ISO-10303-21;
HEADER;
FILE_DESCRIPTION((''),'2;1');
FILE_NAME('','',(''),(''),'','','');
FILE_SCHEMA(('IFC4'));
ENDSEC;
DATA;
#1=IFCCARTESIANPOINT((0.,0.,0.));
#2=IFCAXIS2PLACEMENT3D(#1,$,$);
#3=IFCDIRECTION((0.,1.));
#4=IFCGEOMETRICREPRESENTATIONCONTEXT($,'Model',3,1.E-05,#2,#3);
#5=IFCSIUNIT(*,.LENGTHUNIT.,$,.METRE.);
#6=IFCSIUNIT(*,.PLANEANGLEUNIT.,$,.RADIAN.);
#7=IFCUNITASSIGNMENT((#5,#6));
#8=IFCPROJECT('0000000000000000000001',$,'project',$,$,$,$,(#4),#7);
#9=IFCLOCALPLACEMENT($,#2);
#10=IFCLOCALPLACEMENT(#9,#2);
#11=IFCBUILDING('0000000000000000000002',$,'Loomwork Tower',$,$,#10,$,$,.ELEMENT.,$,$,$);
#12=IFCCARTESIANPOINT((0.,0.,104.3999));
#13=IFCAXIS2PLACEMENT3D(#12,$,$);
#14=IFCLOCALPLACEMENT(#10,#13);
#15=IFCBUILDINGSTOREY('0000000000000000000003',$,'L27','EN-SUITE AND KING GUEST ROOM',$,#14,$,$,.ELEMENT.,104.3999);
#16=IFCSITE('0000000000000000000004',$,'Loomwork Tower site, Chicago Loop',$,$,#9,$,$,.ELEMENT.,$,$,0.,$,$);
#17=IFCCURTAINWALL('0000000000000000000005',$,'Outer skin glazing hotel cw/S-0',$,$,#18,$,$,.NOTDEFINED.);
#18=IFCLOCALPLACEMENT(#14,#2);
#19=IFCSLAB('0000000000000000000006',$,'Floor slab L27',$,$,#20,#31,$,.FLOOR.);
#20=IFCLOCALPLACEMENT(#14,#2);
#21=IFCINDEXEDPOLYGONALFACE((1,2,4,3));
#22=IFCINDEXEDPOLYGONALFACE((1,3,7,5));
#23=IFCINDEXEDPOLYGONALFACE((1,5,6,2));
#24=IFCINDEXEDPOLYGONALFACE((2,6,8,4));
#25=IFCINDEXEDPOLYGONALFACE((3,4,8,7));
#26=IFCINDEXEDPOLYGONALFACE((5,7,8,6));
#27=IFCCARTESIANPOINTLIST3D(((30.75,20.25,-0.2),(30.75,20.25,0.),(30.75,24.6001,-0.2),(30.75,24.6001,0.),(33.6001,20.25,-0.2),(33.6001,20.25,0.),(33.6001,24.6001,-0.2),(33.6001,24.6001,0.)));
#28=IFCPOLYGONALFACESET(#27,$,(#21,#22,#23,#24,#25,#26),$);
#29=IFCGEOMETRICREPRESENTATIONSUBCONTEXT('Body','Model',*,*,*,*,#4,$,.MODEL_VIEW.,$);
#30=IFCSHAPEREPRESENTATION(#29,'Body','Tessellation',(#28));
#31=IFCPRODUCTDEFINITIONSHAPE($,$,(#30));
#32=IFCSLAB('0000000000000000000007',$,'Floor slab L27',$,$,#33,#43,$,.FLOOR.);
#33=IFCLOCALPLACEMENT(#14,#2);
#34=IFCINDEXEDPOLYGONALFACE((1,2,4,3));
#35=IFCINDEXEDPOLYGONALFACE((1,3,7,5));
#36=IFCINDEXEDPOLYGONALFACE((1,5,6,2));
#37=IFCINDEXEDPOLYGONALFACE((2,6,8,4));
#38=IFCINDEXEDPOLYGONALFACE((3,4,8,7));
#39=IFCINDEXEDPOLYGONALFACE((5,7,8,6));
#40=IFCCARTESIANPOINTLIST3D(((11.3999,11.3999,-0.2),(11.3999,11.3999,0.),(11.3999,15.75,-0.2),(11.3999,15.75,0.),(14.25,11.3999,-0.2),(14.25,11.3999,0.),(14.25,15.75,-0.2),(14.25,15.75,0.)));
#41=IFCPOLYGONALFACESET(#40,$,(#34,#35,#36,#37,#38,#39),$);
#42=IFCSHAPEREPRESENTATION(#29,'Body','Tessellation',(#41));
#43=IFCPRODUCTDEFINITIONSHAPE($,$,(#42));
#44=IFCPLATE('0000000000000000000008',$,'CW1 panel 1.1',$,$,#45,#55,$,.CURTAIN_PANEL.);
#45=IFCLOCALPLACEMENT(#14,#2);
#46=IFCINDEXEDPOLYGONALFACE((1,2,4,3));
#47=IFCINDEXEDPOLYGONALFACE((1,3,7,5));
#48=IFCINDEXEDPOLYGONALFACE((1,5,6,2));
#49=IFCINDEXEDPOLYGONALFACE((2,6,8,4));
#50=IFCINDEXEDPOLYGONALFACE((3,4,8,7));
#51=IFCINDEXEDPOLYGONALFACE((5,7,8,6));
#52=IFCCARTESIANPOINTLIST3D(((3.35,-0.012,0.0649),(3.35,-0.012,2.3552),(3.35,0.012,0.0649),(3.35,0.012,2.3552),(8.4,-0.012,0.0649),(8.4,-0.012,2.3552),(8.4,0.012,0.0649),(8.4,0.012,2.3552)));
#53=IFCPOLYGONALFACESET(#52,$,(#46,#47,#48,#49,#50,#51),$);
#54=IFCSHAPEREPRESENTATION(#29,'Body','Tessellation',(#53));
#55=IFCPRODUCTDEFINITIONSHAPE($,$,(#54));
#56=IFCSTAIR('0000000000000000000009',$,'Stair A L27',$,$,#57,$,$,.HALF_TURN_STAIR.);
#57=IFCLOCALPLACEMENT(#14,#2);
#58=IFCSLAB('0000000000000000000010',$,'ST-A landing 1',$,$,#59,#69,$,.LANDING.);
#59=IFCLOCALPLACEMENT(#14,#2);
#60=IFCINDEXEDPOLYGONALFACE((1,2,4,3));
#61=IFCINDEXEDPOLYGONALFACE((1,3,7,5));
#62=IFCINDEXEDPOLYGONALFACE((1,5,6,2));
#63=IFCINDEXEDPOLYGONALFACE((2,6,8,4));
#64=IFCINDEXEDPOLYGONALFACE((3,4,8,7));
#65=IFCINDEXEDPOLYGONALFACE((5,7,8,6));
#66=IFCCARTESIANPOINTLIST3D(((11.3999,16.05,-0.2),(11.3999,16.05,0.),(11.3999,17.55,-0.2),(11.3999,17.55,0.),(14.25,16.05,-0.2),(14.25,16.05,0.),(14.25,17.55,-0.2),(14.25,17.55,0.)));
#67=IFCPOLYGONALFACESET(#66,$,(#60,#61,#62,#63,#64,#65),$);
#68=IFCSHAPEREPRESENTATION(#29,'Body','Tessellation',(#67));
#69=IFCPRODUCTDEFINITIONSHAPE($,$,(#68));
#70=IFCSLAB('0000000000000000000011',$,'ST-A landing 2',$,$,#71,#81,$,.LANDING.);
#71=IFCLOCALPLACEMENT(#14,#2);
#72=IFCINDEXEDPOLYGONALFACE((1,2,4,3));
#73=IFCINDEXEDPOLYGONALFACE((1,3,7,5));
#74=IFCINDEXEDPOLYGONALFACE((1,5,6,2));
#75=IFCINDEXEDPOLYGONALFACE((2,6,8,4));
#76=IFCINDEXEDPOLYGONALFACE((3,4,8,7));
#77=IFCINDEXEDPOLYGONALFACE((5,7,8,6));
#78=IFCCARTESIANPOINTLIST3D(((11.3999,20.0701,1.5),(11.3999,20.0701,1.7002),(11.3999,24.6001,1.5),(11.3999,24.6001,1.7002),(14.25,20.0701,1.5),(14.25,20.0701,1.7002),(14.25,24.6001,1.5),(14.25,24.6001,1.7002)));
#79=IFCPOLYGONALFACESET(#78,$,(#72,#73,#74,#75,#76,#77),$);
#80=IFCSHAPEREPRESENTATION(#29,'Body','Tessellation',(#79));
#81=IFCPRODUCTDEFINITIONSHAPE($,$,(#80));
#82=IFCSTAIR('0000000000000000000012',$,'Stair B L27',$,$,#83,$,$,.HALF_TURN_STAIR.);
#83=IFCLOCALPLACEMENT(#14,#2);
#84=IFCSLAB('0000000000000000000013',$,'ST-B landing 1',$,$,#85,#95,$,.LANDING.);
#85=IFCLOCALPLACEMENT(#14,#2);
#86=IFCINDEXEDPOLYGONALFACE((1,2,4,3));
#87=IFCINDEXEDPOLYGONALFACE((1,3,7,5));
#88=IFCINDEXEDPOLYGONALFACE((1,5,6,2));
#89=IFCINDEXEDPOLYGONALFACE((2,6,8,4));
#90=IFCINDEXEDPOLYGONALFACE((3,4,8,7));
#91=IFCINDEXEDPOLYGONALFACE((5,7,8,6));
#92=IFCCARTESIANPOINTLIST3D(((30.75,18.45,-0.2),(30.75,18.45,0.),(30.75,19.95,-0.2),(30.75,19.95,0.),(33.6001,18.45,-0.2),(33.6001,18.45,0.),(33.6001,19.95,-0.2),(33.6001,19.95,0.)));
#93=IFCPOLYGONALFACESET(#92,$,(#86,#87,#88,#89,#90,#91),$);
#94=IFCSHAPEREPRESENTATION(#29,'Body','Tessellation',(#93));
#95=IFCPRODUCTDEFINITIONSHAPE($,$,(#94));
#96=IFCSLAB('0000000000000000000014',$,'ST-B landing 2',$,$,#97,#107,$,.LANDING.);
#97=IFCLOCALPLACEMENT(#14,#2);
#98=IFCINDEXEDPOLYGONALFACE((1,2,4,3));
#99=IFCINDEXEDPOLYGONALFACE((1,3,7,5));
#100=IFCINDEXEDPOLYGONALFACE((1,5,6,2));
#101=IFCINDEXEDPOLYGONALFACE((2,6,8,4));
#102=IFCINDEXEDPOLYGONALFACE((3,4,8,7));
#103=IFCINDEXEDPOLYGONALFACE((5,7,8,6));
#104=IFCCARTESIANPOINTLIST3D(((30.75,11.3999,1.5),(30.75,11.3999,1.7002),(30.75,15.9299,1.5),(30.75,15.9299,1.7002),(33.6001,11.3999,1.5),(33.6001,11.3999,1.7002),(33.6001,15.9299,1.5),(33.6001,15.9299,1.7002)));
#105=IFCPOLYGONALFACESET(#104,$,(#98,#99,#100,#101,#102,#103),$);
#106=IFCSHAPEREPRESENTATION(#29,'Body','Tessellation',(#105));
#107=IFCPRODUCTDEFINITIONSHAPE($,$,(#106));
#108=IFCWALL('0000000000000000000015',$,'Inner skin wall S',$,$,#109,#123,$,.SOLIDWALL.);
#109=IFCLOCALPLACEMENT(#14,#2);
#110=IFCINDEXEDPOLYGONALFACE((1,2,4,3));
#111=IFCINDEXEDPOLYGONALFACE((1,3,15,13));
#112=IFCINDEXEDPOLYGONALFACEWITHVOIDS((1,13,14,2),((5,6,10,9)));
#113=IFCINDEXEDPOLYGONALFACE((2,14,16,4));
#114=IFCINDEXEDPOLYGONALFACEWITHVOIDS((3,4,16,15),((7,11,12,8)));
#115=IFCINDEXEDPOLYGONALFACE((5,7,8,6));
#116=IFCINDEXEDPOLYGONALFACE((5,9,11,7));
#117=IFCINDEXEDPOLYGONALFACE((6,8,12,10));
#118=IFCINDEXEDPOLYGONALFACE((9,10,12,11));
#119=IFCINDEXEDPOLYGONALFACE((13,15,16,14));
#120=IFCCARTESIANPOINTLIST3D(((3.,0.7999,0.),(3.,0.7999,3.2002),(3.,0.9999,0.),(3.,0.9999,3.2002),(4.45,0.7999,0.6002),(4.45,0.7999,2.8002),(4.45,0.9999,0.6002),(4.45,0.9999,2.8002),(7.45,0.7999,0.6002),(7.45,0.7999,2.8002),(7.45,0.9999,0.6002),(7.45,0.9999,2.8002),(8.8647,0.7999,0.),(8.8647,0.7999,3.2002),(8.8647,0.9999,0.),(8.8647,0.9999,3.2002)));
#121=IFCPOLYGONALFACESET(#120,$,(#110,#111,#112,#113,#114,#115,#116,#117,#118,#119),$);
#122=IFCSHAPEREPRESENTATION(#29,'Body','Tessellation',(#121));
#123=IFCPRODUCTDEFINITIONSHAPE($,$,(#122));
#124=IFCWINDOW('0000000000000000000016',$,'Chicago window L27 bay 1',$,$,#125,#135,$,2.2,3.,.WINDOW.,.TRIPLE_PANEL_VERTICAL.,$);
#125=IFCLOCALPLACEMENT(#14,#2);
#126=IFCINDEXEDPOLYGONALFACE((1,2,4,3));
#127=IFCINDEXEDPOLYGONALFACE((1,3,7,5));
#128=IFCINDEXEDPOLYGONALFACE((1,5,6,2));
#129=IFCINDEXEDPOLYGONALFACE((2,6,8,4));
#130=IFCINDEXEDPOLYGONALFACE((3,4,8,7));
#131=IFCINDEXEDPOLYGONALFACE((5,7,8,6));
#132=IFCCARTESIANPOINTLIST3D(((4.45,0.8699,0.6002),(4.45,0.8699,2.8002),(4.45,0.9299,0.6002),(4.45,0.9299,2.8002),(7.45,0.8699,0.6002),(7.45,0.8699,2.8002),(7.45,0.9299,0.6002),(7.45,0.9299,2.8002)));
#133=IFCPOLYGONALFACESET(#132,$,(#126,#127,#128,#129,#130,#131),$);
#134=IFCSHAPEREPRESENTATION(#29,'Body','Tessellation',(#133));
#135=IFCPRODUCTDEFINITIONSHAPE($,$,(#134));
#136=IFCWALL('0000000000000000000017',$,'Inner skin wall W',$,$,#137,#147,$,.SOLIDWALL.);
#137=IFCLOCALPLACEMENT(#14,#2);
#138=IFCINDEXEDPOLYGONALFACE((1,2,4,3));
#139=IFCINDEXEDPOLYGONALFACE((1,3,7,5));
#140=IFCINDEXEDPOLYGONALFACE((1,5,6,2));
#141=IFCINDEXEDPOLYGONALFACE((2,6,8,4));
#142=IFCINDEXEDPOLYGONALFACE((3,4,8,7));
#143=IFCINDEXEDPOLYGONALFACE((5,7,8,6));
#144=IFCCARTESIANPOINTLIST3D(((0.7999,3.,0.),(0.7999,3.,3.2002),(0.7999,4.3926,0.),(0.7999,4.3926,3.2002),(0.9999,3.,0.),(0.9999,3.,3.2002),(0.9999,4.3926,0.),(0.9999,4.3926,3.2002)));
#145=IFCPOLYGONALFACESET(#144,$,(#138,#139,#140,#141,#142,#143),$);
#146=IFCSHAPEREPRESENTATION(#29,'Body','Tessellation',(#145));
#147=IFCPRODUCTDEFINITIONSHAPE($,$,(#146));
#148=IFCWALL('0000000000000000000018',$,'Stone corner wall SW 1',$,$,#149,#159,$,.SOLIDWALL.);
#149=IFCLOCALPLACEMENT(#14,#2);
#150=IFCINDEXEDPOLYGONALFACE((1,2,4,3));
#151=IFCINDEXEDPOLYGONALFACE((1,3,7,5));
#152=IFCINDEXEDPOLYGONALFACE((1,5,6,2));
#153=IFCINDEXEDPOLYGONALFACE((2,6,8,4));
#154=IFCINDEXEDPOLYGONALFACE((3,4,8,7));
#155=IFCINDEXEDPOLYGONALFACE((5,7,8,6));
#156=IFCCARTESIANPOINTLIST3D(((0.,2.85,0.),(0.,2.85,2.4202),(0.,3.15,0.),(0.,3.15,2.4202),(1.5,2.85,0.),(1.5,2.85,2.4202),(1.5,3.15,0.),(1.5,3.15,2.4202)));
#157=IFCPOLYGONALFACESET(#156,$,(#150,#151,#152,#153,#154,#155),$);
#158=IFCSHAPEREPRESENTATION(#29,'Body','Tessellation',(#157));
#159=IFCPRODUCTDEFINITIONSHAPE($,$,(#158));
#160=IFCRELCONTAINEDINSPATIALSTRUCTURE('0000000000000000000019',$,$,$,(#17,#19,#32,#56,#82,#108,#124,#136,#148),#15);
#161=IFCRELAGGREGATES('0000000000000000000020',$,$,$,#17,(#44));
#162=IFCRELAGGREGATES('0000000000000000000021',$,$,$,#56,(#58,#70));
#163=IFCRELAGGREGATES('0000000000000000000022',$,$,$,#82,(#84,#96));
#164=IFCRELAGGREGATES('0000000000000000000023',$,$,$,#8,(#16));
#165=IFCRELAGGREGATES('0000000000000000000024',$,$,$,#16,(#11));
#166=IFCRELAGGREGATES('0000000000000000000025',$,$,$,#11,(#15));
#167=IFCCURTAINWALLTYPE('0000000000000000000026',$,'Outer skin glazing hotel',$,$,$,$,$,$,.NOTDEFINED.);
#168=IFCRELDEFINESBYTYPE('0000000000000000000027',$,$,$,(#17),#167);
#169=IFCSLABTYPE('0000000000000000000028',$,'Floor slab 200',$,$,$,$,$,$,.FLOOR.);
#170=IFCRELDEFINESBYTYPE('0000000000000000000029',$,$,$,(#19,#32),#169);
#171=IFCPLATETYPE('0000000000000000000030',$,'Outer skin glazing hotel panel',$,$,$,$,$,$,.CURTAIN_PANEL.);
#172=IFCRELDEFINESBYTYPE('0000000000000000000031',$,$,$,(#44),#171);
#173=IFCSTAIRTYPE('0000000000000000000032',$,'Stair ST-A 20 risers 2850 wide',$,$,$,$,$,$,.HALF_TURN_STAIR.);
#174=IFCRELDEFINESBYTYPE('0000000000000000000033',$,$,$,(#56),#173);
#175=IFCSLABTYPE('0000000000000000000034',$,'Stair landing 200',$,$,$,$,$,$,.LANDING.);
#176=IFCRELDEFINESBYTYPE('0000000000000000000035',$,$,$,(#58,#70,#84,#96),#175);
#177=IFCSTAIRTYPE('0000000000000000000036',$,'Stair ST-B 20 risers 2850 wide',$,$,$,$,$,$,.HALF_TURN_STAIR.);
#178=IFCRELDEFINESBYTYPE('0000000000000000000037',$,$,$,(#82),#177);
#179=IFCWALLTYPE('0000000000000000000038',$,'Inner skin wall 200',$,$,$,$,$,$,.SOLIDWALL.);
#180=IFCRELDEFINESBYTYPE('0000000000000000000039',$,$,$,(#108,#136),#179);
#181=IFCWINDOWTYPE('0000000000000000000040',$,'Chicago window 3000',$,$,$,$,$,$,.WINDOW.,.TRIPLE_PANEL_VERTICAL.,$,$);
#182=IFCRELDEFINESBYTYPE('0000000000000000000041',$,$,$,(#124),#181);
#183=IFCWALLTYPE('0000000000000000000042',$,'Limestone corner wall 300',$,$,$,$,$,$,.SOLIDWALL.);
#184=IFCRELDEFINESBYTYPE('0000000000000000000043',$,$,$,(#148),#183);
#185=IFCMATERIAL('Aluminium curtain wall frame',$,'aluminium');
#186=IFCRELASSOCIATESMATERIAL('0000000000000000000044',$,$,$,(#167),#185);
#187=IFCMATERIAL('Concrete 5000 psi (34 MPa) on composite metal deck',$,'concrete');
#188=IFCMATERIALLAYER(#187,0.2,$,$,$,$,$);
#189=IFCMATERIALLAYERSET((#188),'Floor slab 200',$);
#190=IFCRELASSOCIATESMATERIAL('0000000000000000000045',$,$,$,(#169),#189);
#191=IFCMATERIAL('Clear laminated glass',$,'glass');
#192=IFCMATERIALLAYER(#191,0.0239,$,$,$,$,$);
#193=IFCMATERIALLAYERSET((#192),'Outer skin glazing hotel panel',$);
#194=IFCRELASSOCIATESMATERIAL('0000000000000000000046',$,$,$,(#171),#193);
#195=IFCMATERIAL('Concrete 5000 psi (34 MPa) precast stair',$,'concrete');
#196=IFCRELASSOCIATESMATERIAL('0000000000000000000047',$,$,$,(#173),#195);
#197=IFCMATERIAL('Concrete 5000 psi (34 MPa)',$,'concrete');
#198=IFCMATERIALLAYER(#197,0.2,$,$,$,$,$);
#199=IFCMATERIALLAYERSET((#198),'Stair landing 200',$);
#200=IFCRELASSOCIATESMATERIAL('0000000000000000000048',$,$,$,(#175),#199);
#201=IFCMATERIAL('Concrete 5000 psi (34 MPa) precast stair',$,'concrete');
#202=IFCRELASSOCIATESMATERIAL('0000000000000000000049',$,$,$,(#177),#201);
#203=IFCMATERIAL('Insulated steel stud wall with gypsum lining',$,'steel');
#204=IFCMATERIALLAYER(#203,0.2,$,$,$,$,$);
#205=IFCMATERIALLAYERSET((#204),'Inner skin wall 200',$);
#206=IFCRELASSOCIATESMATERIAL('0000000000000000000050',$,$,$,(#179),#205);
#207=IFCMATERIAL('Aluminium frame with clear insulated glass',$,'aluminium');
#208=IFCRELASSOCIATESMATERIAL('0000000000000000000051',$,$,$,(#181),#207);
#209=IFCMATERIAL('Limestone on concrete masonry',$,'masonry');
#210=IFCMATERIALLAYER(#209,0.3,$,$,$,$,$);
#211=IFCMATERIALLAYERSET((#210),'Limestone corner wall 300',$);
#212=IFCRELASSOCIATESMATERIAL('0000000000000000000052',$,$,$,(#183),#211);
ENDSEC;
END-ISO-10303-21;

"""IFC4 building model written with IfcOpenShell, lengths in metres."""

from ifc_helpers import new_model, si_unit, direction, frame, frame_2d, origin, origin_2d, place, context, subcontext, project, spatial, polyline, rectangle, outline, extrude, material, layer, layer_set, type_object, element, fill, aggregate, save


model = new_model("IFC4")

# Units and contexts
model_context = context("Model", 3, precision=1e-05, world=origin(), true_north=direction((0.0, 1.0)))
body_context = subcontext(model_context, "Body", "Model", "MODEL_VIEW")
ifc_project = project(units=[si_unit("LENGTHUNIT", "METRE"), si_unit("PLANEANGLEUNIT", "RADIAN")], contexts=[model_context])

# Site, building, storey
site_placement = place(None, origin())
site = spatial("IfcSite", under=ifc_project, at=site_placement, Name="Loomwork Tower site, Chicago Loop", CompositionType="ELEMENT", RefElevation=0.0)
building_placement = place(site_placement, origin())
building = spatial("IfcBuilding", under=site, at=building_placement, Name="Loomwork Tower", CompositionType="ELEMENT")
storey_placement = place(building_placement, frame((0.0, 0.0, 104.3999)))
storey = spatial("IfcBuildingStorey", under=building, at=storey_placement, Name="L27", Description="EN-SUITE AND KING GUEST ROOM", CompositionType="ELEMENT", Elevation=104.3999)

# Curtain wall
ifc_material_1 = material(Name="Aluminium curtain wall frame", Category="aluminium")
curtain_wall_type = type_object("IfcCurtainWallType", Name="Outer skin glazing hotel", PredefinedType="NOTDEFINED", material=ifc_material_1)
curtain_wall_1_placement = place(storey_placement, origin())
curtain_wall_1 = element("IfcCurtainWall", 1, at=curtain_wall_1_placement, inside=storey, type_object=curtain_wall_type, Name="Outer skin glazing hotel cw/S-0", PredefinedType="NOTDEFINED")

# Slabs
ifc_material_2 = material(Name="Concrete 5000 psi (34 MPa) on composite metal deck", Category="concrete")
ifc_layer_1 = layer(ifc_material_2, 0.2)
ifc_layer_set_1 = layer_set([ifc_layer_1], Name="Floor slab 200")
slab_type_1 = type_object("IfcSlabType", Name="Floor slab 200", PredefinedType="FLOOR", material=ifc_layer_set_1)
slab_1_placement = place(storey_placement, frame((0.0, 0.0, -0.2)))
element("IfcSlab", 2, at=slab_1_placement, inside=storey, type_object=slab_type_1, Name="Floor slab L27", PredefinedType="FLOOR", context=body_context, shape_type="SweptSolid", body=[
    extrude(outline(polyline([(33.6001, 20.25), (30.75, 20.25), (30.75, 24.6001), (33.6001, 24.6001), (33.6001, 20.25)])), origin(), (0.0, 0.0, 1.0), 0.2),
])
slab_2_placement = place(storey_placement, frame((0.0, 0.0, -0.2)))
element("IfcSlab", 3, at=slab_2_placement, inside=storey, type_object=slab_type_1, Name="Floor slab L27", PredefinedType="FLOOR", context=body_context, shape_type="SweptSolid", body=[
    extrude(outline(polyline([(14.25, 15.75), (14.25, 11.3999), (11.3999, 11.3999), (11.3999, 15.75), (14.25, 15.75)])), origin(), (0.0, 0.0, 1.0), 0.2),
])

# Plate
ifc_material_3 = material(Name="Clear laminated glass", Category="glass")
ifc_layer_2 = layer(ifc_material_3, 0.0239)
ifc_layer_set_2 = layer_set([ifc_layer_2], Name="Outer skin glazing hotel panel")
plate_type = type_object("IfcPlateType", Name="Outer skin glazing hotel panel", PredefinedType="CURTAIN_PANEL", material=ifc_layer_set_2)
plate_placement = place(storey_placement, frame((5.875, 0.0, 0.0649), z_axis=(0.0, 0.0, 1.0), x_axis=(1.0, 0.0, 0.0)))
plate = element("IfcPlate", 4, at=plate_placement, type_object=plate_type, Name="CW1 panel 1.1", PredefinedType="CURTAIN_PANEL", context=body_context, shape_type="SweptSolid", body=[
    extrude(rectangle(XDim=5.05, YDim=0.0239, at=origin_2d()), origin(), (0.0, 0.0, 1.0), 2.2903),
])
aggregate(curtain_wall_1, [plate])

# Stairs, slabs
ifc_material_4 = material(Name="Concrete 5000 psi (34 MPa) precast stair", Category="concrete")
stair_type_1 = type_object("IfcStairType", Name="Stair ST-A 20 risers 2850 wide", PredefinedType="HALF_TURN_STAIR", material=ifc_material_4)
stair_1_placement = place(storey_placement, origin())
stair_1 = element("IfcStair", 5, at=stair_1_placement, inside=storey, type_object=stair_type_1, Name="Stair A L27", PredefinedType="HALF_TURN_STAIR")
ifc_material_5 = material(Name="Concrete 5000 psi (34 MPa)", Category="concrete")
ifc_layer_3 = layer(ifc_material_5, 0.2)
ifc_layer_set_3 = layer_set([ifc_layer_3], Name="Stair landing 200")
slab_type_2 = type_object("IfcSlabType", Name="Stair landing 200", PredefinedType="LANDING", material=ifc_layer_set_3)
slab_3_placement = place(storey_placement, frame((0.0, 0.0, -0.2)))
slab_3 = element("IfcSlab", 6, at=slab_3_placement, type_object=slab_type_2, Name="ST-A landing 1", PredefinedType="LANDING", context=body_context, shape_type="SweptSolid", body=[
    extrude(outline(polyline([(11.3999, 16.05), (14.25, 16.05), (14.25, 17.55), (11.3999, 17.55), (11.3999, 16.05)])), origin(), (0.0, 0.0, 1.0), 0.2),
])
slab_4_placement = place(storey_placement, frame((0.0, 0.0, 1.5)))
slab_4 = element("IfcSlab", 7, at=slab_4_placement, type_object=slab_type_2, Name="ST-A landing 2", PredefinedType="LANDING", context=body_context, shape_type="SweptSolid", body=[
    extrude(outline(polyline([(11.3999, 20.0701), (14.25, 20.0701), (14.25, 24.6001), (11.3999, 24.6001), (11.3999, 20.0701)])), origin(), (0.0, 0.0, 1.0), 0.2002),
])
aggregate(stair_1, [slab_3, slab_4])
ifc_material_6 = material(Name="Concrete 5000 psi (34 MPa) precast stair", Category="concrete")
stair_type_2 = type_object("IfcStairType", Name="Stair ST-B 20 risers 2850 wide", PredefinedType="HALF_TURN_STAIR", material=ifc_material_6)
stair_2_placement = place(storey_placement, origin())
stair_2 = element("IfcStair", 8, at=stair_2_placement, inside=storey, type_object=stair_type_2, Name="Stair B L27", PredefinedType="HALF_TURN_STAIR")
slab_5_placement = place(storey_placement, frame((0.0, 0.0, -0.2)))
slab_5 = element("IfcSlab", 9, at=slab_5_placement, type_object=slab_type_2, Name="ST-B landing 1", PredefinedType="LANDING", context=body_context, shape_type="SweptSolid", body=[
    extrude(outline(polyline([(30.75, 18.45), (33.6001, 18.45), (33.6001, 19.95), (30.75, 19.95), (30.75, 18.45)])), origin(), (0.0, 0.0, 1.0), 0.2),
])
slab_6_placement = place(storey_placement, frame((0.0, 0.0, 1.5)))
slab_6 = element("IfcSlab", 10, at=slab_6_placement, type_object=slab_type_2, Name="ST-B landing 2", PredefinedType="LANDING", context=body_context, shape_type="SweptSolid", body=[
    extrude(outline(polyline([(30.75, 11.3999), (33.6001, 11.3999), (33.6001, 15.9299), (30.75, 15.9299), (30.75, 11.3999)])), origin(), (0.0, 0.0, 1.0), 0.2002),
])
aggregate(stair_2, [slab_5, slab_6])

# Wall, opening, window
ifc_material_7 = material(Name="Insulated steel stud wall with gypsum lining", Category="steel")
ifc_layer_4 = layer(ifc_material_7, 0.2)
ifc_layer_set_4 = layer_set([ifc_layer_4], Name="Inner skin wall 200")
wall_type_1 = type_object("IfcWallType", Name="Inner skin wall 200", PredefinedType="SOLIDWALL", material=ifc_layer_set_4)
wall_1_placement = place(storey_placement, frame((3.0, 0.8999, 0.0), z_axis=(0.0, 0.0, 1.0), x_axis=(1.0, 0.0, 0.0)))
wall_1 = element("IfcWall", 11, at=wall_1_placement, inside=storey, type_object=wall_type_1, Name="Inner skin wall S", PredefinedType="SOLIDWALL", context=body_context, shape_type="SweptSolid", body=[
    extrude(rectangle(XDim=5.8647, YDim=0.2, at=frame_2d((2.9324, 0.0))), origin(), (0.0, 0.0, 1.0), 3.2002),
])
opening_1_placement = place(wall_1_placement, frame((1.45, 0.0, 0.6001)))
opening_1 = element("IfcOpeningElement", 12, at=opening_1_placement, cuts=wall_1, PredefinedType="OPENING", context=body_context, shape_type="SweptSolid", body=[
    extrude(rectangle(XDim=3.0, YDim=2.2, at=frame_2d((1.5, 1.1001))), frame((0.0, 0.1099, 0.0), z_axis=(0.0, -1.0, 0.0), x_axis=(1.0, 0.0, 0.0)), (0.0, 0.0, 1.0), 0.22),
])
ifc_material_8 = material(Name="Aluminium frame with clear insulated glass", Category="aluminium")
window_type_1 = type_object("IfcWindowType", Name="Chicago window 3000", PartitioningType="TRIPLE_PANEL_VERTICAL", PredefinedType="WINDOW", material=ifc_material_8)
window_1_placement = place(opening_1_placement, origin())
window_1 = element("IfcWindow", 13, at=window_1_placement, inside=storey, type_object=window_type_1, Name="Chicago window L27 bay 1", OverallHeight=2.2, OverallWidth=3.0, PartitioningType="TRIPLE_PANEL_VERTICAL", PredefinedType="WINDOW", context=body_context, shape_type="SweptSolid", body=[
    extrude(rectangle(XDim=3.0, YDim=2.2, at=frame_2d((1.5, 1.1001))), frame((0.0, 0.03, 0.0), z_axis=(0.0, -1.0, 0.0), x_axis=(1.0, 0.0, 0.0)), (0.0, 0.0, 1.0), 0.0601),
])
fill(opening_1, window_1)

# Walls
wall_2_placement = place(storey_placement, frame((0.8999, 3.0, 0.0), z_axis=(0.0, 0.0, 1.0), x_axis=(0.0, 1.0, 0.0)))
element("IfcWall", 14, at=wall_2_placement, inside=storey, type_object=wall_type_1, Name="Inner skin wall W", PredefinedType="SOLIDWALL", context=body_context, shape_type="SweptSolid", body=[
    extrude(rectangle(XDim=1.3926, YDim=0.2, at=frame_2d((0.6963, 0.0))), origin(), (0.0, 0.0, 1.0), 3.2002),
])
ifc_material_9 = material(Name="Limestone on concrete masonry", Category="masonry")
ifc_layer_5 = layer(ifc_material_9, 0.3)
ifc_layer_set_5 = layer_set([ifc_layer_5], Name="Limestone corner wall 300")
wall_type_2 = type_object("IfcWallType", Name="Limestone corner wall 300", PredefinedType="SOLIDWALL", material=ifc_layer_set_5)
wall_3_placement = place(storey_placement, frame((0.0, 3.0, 0.0), z_axis=(0.0, 0.0, 1.0), x_axis=(1.0, 0.0, 0.0)))
element("IfcWall", 15, at=wall_3_placement, inside=storey, type_object=wall_type_2, Name="Stone corner wall SW 1", PredefinedType="SOLIDWALL", context=body_context, shape_type="SweptSolid", body=[
    extrude(rectangle(XDim=1.5, YDim=0.3, at=frame_2d((0.75, 0.0))), origin(), (0.0, 0.0, 1.0), 2.4202),
])

save(model, "model.ifc")
